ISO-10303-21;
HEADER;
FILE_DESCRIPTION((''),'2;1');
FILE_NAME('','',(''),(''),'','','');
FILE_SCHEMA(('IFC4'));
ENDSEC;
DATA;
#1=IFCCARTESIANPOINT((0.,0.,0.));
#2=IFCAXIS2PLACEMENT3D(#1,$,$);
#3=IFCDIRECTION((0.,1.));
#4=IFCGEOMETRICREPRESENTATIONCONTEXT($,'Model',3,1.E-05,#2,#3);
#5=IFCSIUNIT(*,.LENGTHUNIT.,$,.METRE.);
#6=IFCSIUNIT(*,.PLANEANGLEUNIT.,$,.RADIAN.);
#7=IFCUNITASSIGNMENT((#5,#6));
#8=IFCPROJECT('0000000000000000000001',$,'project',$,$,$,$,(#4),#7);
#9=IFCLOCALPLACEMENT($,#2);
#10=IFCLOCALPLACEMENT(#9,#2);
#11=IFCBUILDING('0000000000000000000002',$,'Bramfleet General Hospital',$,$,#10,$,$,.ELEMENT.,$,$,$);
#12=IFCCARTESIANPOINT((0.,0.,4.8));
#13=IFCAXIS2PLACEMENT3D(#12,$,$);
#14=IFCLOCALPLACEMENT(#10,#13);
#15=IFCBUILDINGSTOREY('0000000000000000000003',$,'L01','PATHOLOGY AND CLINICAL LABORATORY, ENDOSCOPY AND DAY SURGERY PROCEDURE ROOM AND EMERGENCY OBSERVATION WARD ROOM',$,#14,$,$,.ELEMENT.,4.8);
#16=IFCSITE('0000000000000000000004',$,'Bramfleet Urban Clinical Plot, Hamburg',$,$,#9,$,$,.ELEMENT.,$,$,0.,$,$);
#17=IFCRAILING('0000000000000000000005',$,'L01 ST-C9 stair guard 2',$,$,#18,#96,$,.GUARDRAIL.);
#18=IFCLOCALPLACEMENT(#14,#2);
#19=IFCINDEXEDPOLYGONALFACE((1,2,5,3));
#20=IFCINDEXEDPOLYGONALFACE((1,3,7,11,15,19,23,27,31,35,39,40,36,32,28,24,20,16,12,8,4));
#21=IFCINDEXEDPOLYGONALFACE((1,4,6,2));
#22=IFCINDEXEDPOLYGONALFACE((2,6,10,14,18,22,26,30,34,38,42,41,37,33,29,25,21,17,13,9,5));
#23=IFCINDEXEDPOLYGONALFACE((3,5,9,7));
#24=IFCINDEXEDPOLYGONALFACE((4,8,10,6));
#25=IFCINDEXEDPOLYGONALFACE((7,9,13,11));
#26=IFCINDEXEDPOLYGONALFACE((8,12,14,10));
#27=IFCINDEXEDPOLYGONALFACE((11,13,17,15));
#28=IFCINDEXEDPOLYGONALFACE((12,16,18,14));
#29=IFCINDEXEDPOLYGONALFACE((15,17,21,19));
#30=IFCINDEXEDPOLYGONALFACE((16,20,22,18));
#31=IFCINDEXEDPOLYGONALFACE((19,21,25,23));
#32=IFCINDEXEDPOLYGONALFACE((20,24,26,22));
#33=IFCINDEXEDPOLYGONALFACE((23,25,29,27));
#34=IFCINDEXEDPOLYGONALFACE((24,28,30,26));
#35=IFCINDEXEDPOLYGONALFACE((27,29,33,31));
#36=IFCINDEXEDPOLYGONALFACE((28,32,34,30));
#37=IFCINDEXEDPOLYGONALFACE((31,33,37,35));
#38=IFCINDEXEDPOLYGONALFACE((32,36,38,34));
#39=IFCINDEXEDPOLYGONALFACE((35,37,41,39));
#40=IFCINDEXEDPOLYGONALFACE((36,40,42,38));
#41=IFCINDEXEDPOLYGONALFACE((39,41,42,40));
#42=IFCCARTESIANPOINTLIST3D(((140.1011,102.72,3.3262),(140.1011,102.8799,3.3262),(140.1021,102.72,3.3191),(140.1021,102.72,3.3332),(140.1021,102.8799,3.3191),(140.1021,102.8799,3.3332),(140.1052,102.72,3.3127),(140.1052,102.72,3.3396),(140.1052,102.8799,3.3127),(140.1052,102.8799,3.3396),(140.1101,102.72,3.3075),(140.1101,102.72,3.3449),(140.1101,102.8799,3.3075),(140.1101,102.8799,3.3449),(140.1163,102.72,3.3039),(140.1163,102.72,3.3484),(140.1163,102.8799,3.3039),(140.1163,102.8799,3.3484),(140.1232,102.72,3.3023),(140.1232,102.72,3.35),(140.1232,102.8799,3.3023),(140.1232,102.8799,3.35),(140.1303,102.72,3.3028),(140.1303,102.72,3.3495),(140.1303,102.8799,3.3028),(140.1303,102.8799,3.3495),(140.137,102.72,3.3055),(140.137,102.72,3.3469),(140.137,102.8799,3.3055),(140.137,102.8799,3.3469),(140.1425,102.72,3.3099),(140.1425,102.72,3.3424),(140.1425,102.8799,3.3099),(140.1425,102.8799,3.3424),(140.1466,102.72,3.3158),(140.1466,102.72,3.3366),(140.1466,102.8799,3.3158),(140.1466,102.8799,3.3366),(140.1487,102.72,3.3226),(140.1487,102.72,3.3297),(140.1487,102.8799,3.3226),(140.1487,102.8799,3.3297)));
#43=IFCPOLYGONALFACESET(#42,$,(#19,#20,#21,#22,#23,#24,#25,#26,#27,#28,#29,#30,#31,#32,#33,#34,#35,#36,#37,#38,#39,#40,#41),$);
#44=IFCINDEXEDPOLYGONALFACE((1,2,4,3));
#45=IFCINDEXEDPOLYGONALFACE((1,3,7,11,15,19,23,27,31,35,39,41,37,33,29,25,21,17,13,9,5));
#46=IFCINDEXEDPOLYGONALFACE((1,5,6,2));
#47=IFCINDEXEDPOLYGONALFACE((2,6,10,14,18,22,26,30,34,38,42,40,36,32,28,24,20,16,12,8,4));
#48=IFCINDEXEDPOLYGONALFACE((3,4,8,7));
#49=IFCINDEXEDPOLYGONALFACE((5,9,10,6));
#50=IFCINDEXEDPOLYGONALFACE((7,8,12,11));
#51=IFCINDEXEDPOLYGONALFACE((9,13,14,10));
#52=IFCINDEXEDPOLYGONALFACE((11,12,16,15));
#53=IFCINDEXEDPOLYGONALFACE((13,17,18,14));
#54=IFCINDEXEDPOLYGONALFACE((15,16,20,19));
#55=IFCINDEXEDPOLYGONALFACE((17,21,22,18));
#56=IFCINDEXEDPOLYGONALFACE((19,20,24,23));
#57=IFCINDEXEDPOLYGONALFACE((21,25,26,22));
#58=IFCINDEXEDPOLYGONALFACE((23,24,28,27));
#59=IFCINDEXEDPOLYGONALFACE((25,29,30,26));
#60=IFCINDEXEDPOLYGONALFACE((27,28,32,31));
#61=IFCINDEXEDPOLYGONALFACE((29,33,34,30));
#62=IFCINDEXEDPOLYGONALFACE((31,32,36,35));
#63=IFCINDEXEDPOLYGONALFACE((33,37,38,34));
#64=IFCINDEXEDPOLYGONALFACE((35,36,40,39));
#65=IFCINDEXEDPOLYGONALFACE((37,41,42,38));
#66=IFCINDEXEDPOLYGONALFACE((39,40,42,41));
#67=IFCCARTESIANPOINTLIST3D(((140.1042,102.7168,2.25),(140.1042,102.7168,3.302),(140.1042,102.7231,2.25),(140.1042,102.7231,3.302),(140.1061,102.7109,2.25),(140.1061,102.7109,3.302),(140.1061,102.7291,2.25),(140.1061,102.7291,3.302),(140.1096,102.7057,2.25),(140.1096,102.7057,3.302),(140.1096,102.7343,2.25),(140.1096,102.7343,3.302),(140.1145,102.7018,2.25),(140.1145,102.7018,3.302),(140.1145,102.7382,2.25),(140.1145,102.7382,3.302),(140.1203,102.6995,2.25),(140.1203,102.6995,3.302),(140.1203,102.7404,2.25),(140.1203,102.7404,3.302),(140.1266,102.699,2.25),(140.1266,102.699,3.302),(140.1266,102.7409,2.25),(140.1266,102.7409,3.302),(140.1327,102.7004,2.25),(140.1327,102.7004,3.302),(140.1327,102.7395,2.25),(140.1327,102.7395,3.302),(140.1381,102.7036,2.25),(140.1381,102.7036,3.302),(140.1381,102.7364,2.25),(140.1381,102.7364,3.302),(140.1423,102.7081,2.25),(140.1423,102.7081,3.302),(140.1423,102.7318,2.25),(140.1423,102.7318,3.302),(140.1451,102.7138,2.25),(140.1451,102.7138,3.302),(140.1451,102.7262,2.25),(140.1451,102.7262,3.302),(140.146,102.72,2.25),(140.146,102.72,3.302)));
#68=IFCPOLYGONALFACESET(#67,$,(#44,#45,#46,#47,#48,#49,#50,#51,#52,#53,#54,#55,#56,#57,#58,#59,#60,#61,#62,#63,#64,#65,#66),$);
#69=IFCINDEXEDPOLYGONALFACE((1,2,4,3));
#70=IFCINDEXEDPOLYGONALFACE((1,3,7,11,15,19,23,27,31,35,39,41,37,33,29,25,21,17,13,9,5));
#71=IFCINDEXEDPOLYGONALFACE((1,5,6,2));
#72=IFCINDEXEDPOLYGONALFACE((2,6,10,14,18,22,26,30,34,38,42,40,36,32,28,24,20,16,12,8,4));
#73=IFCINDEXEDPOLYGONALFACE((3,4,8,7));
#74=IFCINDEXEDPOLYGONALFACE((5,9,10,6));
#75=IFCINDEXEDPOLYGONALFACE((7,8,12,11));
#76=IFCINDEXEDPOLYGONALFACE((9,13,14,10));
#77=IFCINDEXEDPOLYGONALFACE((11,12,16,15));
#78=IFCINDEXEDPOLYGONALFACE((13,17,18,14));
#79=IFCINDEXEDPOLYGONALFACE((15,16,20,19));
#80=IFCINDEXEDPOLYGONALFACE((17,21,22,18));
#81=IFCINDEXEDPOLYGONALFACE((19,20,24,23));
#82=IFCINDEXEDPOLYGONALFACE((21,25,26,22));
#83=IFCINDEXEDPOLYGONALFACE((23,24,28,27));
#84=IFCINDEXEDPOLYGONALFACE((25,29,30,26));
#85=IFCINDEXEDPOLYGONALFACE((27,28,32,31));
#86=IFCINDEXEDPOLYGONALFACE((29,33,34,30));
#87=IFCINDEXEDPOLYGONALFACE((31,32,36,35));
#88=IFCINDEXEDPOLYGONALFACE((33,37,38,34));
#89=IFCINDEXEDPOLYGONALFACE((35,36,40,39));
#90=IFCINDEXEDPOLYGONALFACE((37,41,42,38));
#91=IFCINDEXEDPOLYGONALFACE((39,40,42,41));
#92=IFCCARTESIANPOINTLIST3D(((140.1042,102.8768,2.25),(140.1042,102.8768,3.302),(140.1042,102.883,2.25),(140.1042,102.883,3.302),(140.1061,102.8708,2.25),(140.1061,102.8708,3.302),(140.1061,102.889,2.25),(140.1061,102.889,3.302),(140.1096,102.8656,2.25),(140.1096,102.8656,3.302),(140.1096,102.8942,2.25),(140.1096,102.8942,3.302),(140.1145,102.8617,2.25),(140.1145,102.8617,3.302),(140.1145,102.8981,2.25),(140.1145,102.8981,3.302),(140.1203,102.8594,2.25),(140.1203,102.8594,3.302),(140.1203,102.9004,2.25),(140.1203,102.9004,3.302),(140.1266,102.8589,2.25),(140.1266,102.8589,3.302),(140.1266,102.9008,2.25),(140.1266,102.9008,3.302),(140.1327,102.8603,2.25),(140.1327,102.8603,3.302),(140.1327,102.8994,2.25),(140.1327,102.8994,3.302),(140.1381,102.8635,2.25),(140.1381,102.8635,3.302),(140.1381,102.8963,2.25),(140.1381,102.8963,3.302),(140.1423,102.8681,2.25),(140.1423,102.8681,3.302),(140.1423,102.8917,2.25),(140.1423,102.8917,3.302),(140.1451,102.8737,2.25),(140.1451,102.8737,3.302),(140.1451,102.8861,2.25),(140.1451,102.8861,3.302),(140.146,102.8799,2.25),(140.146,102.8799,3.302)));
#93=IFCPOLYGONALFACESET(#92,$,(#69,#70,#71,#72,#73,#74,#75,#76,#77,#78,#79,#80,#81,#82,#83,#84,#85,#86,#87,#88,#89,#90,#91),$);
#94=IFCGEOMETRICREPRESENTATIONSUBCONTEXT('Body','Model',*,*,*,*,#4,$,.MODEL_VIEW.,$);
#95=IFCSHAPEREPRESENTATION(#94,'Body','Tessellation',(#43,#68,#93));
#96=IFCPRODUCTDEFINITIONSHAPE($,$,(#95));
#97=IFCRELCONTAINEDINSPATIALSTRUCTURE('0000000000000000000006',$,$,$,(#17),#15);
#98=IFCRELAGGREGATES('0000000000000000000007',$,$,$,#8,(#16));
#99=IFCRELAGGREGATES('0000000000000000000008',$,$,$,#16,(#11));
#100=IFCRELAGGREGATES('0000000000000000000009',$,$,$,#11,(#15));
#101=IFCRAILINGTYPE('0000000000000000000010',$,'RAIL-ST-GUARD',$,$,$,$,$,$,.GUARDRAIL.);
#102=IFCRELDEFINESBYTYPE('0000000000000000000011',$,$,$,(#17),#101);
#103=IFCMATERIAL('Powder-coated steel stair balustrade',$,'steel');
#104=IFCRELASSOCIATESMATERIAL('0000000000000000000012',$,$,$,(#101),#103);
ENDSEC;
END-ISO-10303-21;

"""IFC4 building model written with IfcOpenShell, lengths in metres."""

from ifc_helpers import new_model, si_unit, direction, frame, origin, origin_2d, place, context, subcontext, project, spatial, circle, extrude, material, type_object, element, save


model = new_model("IFC4")

# Units and contexts
model_context = context("Model", 3, precision=1e-05, world=origin(), true_north=direction((0.0, 1.0)))
body_context = subcontext(model_context, "Body", "Model", "MODEL_VIEW")
ifc_project = project(units=[si_unit("LENGTHUNIT", "METRE"), si_unit("PLANEANGLEUNIT", "RADIAN")], contexts=[model_context])

# Site, building, storey
site_placement = place(None, origin())
site = spatial("IfcSite", under=ifc_project, at=site_placement, Name="Bramfleet Urban Clinical Plot, Hamburg", CompositionType="ELEMENT", RefElevation=0.0)
building_placement = place(site_placement, origin())
building = spatial("IfcBuilding", under=site, at=building_placement, Name="Bramfleet General Hospital", CompositionType="ELEMENT")
storey_placement = place(building_placement, frame((0.0, 0.0, 4.8)))
storey = spatial("IfcBuildingStorey", under=building, at=storey_placement, Name="L01", Description="PATHOLOGY AND CLINICAL LABORATORY, ENDOSCOPY AND DAY SURGERY PROCEDURE ROOM AND EMERGENCY OBSERVATION WARD ROOM", CompositionType="ELEMENT", Elevation=4.8)

# Railing
ifc_material_1 = material(Name="Powder-coated steel stair balustrade", Category="steel")
railing_type_1 = type_object("IfcRailingType", Name="RAIL-ST-GUARD", PredefinedType="GUARDRAIL", material=ifc_material_1)
railing_1_placement = place(storey_placement, frame((140.125, 102.72, 2.25)))
element("IfcRailing", 1, at=railing_1_placement, inside=storey, type_object=railing_type_1, Name="L01 ST-C9 stair guard 2", PredefinedType="GUARDRAIL", context=body_context, shape_type="SweptSolid", body=[
    extrude(circle(Radius=0.0239, at=origin_2d()), frame((0.0, 0.0, 1.0762), z_axis=(0.0, 1.0, 0.0), x_axis=(-1.0, 0.0, 0.0)), (0.0, 0.0, 1.0), 0.1599),
    extrude(circle(Radius=0.021, at=origin_2d()), origin(), (0.0, 0.0, 1.0), 1.052),
    extrude(circle(Radius=0.021, at=origin_2d()), frame((0.0, 0.1599, 0.0)), (0.0, 0.0, 1.0), 1.052),
])

save(model, "model.ifc")
